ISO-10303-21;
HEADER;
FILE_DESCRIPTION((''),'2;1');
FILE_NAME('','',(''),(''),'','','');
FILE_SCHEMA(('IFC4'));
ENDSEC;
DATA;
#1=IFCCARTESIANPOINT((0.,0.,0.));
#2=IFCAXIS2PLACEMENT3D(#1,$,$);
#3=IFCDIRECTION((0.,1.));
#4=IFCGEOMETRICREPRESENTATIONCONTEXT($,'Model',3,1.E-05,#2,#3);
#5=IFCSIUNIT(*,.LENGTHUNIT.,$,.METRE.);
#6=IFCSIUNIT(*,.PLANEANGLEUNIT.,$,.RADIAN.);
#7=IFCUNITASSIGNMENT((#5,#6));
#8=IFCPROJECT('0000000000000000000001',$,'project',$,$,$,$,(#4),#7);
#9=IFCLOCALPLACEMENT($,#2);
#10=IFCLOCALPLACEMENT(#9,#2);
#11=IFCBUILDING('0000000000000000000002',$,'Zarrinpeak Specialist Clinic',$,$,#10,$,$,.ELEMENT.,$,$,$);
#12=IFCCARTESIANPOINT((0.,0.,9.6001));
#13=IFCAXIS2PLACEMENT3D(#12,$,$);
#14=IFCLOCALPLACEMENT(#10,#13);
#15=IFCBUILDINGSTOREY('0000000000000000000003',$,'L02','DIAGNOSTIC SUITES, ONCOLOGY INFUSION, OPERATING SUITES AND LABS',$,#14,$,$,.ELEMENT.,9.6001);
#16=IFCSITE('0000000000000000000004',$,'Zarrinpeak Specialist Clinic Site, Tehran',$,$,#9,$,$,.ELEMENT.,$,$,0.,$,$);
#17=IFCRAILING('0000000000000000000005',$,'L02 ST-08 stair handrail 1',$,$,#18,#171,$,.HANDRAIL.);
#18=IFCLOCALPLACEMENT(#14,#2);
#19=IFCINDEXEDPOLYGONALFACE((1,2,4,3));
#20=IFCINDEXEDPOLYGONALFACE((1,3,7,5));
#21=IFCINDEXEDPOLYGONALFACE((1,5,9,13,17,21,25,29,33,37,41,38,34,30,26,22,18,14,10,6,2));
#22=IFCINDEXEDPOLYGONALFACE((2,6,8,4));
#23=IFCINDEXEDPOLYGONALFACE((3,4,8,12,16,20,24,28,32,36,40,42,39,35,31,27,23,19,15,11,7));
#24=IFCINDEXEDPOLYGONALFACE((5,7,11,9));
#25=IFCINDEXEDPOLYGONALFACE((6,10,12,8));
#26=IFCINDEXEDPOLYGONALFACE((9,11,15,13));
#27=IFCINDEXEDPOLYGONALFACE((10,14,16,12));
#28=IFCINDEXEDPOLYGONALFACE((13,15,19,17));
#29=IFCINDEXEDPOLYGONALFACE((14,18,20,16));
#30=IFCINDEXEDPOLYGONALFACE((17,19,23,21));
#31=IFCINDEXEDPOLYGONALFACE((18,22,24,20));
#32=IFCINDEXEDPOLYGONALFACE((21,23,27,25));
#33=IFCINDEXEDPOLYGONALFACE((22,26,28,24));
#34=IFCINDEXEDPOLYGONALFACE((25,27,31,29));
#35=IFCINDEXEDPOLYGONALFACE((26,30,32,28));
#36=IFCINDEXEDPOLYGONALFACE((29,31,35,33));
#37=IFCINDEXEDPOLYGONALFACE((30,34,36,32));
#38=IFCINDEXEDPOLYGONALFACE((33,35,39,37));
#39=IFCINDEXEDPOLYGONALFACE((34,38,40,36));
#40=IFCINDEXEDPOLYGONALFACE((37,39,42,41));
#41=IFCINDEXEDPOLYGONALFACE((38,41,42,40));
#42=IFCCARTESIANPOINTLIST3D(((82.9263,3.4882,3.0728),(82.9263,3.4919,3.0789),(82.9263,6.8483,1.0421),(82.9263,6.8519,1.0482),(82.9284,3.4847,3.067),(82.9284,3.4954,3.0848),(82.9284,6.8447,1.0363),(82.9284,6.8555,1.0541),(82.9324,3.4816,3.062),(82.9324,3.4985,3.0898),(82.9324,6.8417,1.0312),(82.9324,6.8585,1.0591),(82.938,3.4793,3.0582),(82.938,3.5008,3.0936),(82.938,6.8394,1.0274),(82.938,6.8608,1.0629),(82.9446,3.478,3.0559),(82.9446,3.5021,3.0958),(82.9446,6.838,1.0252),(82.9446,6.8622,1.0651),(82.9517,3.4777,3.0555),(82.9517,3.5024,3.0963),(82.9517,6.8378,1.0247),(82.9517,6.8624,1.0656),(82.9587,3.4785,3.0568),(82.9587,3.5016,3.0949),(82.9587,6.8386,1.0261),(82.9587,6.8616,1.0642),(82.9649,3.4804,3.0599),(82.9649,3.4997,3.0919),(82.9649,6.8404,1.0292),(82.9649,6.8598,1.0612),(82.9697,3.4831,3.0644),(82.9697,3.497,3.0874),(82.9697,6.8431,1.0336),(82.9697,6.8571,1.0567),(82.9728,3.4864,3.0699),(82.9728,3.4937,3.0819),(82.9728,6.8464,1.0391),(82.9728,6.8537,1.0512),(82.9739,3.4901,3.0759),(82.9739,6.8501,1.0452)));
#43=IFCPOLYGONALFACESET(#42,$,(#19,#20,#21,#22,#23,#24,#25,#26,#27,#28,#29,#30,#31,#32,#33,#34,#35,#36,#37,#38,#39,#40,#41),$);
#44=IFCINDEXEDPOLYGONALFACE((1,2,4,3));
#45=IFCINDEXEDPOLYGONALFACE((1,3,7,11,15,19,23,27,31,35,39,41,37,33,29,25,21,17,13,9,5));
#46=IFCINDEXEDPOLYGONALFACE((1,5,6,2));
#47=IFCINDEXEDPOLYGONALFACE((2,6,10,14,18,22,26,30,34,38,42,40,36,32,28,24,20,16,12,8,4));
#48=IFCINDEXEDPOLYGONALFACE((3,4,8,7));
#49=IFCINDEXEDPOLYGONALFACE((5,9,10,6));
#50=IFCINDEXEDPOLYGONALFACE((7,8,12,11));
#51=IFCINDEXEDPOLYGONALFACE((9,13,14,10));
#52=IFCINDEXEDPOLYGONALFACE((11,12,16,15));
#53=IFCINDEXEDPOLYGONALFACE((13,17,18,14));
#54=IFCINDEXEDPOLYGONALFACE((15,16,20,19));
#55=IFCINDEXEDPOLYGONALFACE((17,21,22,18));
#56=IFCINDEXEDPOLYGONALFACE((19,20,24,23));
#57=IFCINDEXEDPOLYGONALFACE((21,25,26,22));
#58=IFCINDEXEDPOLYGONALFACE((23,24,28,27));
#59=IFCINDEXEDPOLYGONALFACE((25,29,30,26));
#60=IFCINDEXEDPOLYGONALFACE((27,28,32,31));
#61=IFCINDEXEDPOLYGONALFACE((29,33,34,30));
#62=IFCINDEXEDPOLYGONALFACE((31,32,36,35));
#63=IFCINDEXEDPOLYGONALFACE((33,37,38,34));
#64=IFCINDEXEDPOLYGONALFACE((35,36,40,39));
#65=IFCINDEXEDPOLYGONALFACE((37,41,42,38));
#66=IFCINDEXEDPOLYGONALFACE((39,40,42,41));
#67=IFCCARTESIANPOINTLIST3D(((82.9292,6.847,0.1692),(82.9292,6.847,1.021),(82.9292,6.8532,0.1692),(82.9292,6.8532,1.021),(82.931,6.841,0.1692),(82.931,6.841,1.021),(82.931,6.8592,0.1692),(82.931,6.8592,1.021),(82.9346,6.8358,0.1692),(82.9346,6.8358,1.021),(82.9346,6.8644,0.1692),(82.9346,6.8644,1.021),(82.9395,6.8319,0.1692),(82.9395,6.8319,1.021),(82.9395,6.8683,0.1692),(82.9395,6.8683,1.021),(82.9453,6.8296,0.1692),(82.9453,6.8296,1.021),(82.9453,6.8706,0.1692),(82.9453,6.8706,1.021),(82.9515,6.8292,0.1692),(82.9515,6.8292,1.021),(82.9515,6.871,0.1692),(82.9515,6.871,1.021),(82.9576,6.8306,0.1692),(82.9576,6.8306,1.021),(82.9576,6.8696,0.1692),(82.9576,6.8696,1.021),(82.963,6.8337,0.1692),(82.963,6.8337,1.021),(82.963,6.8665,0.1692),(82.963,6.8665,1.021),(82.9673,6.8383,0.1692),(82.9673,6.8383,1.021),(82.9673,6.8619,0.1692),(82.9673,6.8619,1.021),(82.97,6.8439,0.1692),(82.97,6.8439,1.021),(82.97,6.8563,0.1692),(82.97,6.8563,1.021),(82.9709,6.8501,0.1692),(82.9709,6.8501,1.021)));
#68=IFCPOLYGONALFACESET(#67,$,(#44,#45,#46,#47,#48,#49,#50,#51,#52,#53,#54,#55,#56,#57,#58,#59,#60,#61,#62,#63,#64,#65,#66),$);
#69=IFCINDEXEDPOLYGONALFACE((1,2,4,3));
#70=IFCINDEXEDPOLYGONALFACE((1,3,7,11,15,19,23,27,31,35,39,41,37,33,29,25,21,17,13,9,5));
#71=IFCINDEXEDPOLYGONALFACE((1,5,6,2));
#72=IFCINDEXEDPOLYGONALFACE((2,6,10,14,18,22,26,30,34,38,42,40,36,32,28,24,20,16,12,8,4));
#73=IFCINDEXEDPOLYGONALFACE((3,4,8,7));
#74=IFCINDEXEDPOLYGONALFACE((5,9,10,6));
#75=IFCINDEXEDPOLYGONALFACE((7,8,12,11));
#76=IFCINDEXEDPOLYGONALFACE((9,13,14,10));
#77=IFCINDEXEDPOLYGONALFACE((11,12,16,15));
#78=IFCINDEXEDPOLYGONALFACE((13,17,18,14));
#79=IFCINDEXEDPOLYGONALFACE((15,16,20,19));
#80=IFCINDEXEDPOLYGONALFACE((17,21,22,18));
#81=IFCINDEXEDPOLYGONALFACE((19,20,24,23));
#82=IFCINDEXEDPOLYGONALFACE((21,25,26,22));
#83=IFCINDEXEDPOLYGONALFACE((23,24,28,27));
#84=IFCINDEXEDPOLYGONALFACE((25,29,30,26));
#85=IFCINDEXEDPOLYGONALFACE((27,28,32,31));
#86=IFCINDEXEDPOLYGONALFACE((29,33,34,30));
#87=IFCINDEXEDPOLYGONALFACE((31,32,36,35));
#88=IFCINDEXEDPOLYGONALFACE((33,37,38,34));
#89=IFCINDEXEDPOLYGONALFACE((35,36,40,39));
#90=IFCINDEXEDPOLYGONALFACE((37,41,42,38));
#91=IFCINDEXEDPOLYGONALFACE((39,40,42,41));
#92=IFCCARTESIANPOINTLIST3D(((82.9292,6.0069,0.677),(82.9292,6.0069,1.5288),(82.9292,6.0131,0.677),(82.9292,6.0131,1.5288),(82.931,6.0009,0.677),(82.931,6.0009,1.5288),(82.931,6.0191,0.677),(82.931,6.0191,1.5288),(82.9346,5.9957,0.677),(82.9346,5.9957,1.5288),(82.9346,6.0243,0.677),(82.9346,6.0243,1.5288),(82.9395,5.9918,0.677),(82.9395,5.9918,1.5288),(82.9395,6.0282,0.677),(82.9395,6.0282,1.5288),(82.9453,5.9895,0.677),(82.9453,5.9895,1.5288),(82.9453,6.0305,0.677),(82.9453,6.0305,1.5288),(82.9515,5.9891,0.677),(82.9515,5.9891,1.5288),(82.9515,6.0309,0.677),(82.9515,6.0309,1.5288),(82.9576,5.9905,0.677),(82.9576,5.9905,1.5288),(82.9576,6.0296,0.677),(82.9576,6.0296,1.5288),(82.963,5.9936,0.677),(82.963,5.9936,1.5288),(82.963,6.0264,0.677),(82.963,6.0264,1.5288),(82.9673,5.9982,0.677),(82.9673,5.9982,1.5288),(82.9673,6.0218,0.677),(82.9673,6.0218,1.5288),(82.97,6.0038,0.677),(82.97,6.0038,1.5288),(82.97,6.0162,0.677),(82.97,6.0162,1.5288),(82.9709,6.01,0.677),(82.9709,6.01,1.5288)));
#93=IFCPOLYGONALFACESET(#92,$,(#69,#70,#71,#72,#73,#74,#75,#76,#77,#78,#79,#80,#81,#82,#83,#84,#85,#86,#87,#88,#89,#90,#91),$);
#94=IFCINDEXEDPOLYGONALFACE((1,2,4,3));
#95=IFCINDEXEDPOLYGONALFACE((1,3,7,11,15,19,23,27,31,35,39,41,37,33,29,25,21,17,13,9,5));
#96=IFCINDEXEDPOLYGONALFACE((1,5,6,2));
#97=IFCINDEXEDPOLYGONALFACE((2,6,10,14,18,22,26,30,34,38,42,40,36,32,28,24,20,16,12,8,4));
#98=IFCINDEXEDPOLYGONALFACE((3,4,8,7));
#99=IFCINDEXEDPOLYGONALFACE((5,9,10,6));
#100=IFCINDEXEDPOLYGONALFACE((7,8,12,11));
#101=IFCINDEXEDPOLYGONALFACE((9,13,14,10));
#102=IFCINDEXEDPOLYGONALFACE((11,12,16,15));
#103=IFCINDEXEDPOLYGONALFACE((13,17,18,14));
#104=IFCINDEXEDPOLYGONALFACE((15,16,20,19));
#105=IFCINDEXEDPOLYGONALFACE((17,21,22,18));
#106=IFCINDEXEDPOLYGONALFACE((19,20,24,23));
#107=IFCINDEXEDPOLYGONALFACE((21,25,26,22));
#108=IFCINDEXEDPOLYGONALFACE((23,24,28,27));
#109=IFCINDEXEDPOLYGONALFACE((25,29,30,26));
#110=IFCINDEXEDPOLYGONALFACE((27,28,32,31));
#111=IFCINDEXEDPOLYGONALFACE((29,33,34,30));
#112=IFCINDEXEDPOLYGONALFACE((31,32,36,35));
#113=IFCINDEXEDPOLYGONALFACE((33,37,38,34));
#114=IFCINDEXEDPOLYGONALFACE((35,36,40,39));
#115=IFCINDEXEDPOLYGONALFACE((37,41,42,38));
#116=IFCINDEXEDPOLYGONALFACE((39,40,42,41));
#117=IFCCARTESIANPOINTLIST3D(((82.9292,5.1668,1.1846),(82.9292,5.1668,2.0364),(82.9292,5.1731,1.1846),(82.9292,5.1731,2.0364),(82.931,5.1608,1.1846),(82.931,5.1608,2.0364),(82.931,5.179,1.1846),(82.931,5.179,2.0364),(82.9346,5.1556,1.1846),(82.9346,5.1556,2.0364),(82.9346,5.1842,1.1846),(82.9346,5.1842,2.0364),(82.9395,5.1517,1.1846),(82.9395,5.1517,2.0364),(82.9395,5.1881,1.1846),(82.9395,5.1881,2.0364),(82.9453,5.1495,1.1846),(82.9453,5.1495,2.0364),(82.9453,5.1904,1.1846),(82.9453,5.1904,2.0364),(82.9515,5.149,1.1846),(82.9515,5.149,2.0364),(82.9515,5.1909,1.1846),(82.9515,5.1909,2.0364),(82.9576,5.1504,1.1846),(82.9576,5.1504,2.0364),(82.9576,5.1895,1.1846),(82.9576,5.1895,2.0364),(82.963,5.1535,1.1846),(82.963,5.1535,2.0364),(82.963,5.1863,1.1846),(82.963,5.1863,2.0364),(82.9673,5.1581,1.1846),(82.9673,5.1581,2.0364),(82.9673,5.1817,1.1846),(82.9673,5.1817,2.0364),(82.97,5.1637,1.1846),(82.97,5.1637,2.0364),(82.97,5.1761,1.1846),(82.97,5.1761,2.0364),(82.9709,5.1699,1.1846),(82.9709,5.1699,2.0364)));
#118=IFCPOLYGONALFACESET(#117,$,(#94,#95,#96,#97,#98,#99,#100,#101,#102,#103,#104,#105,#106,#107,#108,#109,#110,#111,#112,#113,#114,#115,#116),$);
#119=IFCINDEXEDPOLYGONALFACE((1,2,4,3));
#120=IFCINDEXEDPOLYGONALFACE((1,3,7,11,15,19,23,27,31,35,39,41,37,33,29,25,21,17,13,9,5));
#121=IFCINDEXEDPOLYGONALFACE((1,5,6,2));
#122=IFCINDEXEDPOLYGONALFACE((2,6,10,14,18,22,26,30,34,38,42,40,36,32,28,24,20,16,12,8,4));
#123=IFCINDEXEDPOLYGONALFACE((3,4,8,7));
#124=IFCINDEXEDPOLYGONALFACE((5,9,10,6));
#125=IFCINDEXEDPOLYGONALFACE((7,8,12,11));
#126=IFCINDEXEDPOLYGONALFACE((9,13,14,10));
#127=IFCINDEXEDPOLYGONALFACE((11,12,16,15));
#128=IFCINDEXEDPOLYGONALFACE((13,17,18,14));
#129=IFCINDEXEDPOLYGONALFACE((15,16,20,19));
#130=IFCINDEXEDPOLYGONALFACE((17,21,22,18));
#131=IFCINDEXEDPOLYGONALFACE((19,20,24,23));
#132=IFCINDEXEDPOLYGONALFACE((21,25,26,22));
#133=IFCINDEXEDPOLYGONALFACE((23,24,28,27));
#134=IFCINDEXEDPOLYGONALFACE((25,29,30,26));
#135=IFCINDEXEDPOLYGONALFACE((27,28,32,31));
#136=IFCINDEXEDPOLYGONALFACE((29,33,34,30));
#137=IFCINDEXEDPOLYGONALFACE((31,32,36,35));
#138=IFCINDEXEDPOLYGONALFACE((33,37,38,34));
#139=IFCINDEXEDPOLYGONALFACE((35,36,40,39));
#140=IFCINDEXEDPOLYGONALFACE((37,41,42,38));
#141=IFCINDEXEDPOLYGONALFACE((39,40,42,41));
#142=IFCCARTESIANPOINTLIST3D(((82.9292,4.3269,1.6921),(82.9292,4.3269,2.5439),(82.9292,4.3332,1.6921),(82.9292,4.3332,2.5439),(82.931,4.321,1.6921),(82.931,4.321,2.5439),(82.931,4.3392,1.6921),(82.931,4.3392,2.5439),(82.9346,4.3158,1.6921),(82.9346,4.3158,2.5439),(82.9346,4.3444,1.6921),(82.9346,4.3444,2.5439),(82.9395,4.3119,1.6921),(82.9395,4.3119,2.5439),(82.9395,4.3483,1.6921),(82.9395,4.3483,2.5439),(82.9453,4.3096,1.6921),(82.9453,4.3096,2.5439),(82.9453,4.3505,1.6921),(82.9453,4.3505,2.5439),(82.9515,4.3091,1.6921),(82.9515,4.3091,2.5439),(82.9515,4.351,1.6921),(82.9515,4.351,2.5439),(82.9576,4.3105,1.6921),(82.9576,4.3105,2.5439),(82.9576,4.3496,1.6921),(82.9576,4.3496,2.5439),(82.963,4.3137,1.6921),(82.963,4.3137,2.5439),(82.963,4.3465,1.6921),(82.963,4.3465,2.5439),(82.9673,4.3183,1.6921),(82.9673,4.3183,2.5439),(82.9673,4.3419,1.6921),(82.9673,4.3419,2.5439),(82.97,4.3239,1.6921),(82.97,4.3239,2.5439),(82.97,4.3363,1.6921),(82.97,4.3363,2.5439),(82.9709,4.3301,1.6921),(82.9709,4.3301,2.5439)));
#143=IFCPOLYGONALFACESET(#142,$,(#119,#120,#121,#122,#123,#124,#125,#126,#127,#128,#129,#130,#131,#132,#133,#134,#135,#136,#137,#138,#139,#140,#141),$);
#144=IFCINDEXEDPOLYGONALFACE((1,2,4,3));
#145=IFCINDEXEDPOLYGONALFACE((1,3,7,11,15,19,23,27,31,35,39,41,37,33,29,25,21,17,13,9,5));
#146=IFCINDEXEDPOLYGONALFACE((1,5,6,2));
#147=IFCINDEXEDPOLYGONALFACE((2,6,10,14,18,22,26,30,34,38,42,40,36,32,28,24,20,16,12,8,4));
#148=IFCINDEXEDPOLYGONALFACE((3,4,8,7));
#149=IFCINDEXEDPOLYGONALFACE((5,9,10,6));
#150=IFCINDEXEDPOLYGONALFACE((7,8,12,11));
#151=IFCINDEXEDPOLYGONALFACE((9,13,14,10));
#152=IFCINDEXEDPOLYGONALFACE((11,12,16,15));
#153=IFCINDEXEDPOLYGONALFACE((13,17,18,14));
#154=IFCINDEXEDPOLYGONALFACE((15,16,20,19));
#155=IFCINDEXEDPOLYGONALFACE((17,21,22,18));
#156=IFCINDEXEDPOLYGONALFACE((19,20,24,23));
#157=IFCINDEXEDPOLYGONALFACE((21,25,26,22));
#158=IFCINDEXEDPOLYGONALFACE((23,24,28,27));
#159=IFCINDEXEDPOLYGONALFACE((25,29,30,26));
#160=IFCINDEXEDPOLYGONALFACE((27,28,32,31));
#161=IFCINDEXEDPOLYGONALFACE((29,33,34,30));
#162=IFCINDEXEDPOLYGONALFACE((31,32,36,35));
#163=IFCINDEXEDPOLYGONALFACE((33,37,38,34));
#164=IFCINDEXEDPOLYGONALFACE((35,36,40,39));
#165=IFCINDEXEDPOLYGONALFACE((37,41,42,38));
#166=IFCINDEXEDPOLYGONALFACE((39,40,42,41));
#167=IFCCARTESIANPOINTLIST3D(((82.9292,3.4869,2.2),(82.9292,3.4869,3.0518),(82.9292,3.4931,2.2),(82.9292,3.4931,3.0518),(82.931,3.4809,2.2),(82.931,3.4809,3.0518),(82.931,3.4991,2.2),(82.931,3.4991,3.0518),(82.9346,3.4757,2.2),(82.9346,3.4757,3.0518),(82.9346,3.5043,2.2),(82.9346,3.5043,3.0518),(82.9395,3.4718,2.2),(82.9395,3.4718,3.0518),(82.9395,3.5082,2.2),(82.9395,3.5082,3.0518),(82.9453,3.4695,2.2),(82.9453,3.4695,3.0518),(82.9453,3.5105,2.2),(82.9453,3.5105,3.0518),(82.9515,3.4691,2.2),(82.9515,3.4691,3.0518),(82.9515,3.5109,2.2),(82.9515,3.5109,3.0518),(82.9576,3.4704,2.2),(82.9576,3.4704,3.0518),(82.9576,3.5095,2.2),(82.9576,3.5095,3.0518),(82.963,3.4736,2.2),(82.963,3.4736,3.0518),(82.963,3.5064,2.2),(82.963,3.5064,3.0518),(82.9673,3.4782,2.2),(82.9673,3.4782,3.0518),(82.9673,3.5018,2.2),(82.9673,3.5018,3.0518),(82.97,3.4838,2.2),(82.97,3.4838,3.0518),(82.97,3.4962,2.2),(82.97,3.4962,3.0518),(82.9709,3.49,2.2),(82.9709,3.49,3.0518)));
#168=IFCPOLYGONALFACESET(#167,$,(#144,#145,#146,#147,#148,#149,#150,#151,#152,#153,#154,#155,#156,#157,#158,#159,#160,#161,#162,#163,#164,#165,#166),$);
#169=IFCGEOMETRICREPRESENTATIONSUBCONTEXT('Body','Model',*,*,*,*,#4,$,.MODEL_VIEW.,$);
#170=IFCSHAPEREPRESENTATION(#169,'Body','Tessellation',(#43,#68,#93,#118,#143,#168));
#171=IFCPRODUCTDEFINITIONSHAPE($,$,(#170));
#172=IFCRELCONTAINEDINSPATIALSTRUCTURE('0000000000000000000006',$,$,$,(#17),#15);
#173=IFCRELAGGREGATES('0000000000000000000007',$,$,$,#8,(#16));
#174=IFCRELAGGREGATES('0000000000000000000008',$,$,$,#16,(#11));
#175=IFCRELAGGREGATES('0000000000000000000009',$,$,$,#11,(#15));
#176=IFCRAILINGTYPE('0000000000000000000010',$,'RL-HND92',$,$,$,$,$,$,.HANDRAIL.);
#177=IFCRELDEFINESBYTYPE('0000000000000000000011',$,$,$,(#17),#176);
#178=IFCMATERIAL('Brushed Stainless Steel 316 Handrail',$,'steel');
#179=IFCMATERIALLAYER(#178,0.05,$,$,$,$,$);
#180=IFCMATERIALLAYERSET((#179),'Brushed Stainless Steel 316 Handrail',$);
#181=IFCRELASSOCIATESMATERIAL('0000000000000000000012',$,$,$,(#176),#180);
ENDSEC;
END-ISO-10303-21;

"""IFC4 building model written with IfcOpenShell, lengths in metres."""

from ifc_helpers import new_model, si_unit, direction, frame, origin, origin_2d, place, context, subcontext, project, spatial, circle, extrude, material, layer, layer_set, type_object, element, save


model = new_model("IFC4")

# Units and contexts
model_context = context("Model", 3, precision=1e-05, world=origin(), true_north=direction((0.0, 1.0)))
body_context = subcontext(model_context, "Body", "Model", "MODEL_VIEW")
ifc_project = project(units=[si_unit("LENGTHUNIT", "METRE"), si_unit("PLANEANGLEUNIT", "RADIAN")], contexts=[model_context])

# Site, building, storey
site_placement = place(None, origin())
site = spatial("IfcSite", under=ifc_project, at=site_placement, Name="Zarrinpeak Specialist Clinic Site, Tehran", CompositionType="ELEMENT", RefElevation=0.0)
building_placement = place(site_placement, origin())
building = spatial("IfcBuilding", under=site, at=building_placement, Name="Zarrinpeak Specialist Clinic", CompositionType="ELEMENT")
storey_placement = place(building_placement, frame((0.0, 0.0, 9.6001)))
storey = spatial("IfcBuildingStorey", under=building, at=storey_placement, Name="L02", Description="DIAGNOSTIC SUITES, ONCOLOGY INFUSION, OPERATING SUITES AND LABS", CompositionType="ELEMENT", Elevation=9.6001)

# Railing
ifc_material_1 = material(Name="Brushed Stainless Steel 316 Handrail", Category="steel")
ifc_layer_1 = layer(ifc_material_1, 0.05)
ifc_layer_set_1 = layer_set([ifc_layer_1], Name="Brushed Stainless Steel 316 Handrail")
railing_type_1 = type_object("IfcRailingType", Name="RL-HND92", PredefinedType="HANDRAIL", material=ifc_layer_set_1)
railing_1_placement = place(storey_placement, frame((82.95, 6.8501, 0.1692)))
element("IfcRailing", 1, at=railing_1_placement, inside=storey, type_object=railing_type_1, Name="L02 ST-08 stair handrail 1", PredefinedType="HANDRAIL", context=body_context, shape_type="SweptSolid", body=[
    extrude(circle(Radius=0.0239, at=origin_2d()), frame((0.0, 0.0, 0.876), z_axis=(0.0, -0.855837, 0.517246), x_axis=(1.0, 0.0, 0.0)), (0.0, 0.0, 1.0), 3.926),
    extrude(circle(Radius=0.021, at=origin_2d()), origin(), (0.0, 0.0, 1.0), 0.8518),
    extrude(circle(Radius=0.021, at=origin_2d()), frame((0.0, -0.8401, 0.5078)), (0.0, 0.0, 1.0), 0.8518),
    extrude(circle(Radius=0.021, at=origin_2d()), frame((0.0, -1.6802, 1.0154)), (0.0, 0.0, 1.0), 0.8518),
    extrude(circle(Radius=0.021, at=origin_2d()), frame((0.0, -2.52, 1.5229)), (0.0, 0.0, 1.0), 0.8518),
    extrude(circle(Radius=0.021, at=origin_2d()), frame((0.0, -3.3601, 2.0308)), (0.0, 0.0, 1.0), 0.8518),
])

save(model, "model.ifc")
